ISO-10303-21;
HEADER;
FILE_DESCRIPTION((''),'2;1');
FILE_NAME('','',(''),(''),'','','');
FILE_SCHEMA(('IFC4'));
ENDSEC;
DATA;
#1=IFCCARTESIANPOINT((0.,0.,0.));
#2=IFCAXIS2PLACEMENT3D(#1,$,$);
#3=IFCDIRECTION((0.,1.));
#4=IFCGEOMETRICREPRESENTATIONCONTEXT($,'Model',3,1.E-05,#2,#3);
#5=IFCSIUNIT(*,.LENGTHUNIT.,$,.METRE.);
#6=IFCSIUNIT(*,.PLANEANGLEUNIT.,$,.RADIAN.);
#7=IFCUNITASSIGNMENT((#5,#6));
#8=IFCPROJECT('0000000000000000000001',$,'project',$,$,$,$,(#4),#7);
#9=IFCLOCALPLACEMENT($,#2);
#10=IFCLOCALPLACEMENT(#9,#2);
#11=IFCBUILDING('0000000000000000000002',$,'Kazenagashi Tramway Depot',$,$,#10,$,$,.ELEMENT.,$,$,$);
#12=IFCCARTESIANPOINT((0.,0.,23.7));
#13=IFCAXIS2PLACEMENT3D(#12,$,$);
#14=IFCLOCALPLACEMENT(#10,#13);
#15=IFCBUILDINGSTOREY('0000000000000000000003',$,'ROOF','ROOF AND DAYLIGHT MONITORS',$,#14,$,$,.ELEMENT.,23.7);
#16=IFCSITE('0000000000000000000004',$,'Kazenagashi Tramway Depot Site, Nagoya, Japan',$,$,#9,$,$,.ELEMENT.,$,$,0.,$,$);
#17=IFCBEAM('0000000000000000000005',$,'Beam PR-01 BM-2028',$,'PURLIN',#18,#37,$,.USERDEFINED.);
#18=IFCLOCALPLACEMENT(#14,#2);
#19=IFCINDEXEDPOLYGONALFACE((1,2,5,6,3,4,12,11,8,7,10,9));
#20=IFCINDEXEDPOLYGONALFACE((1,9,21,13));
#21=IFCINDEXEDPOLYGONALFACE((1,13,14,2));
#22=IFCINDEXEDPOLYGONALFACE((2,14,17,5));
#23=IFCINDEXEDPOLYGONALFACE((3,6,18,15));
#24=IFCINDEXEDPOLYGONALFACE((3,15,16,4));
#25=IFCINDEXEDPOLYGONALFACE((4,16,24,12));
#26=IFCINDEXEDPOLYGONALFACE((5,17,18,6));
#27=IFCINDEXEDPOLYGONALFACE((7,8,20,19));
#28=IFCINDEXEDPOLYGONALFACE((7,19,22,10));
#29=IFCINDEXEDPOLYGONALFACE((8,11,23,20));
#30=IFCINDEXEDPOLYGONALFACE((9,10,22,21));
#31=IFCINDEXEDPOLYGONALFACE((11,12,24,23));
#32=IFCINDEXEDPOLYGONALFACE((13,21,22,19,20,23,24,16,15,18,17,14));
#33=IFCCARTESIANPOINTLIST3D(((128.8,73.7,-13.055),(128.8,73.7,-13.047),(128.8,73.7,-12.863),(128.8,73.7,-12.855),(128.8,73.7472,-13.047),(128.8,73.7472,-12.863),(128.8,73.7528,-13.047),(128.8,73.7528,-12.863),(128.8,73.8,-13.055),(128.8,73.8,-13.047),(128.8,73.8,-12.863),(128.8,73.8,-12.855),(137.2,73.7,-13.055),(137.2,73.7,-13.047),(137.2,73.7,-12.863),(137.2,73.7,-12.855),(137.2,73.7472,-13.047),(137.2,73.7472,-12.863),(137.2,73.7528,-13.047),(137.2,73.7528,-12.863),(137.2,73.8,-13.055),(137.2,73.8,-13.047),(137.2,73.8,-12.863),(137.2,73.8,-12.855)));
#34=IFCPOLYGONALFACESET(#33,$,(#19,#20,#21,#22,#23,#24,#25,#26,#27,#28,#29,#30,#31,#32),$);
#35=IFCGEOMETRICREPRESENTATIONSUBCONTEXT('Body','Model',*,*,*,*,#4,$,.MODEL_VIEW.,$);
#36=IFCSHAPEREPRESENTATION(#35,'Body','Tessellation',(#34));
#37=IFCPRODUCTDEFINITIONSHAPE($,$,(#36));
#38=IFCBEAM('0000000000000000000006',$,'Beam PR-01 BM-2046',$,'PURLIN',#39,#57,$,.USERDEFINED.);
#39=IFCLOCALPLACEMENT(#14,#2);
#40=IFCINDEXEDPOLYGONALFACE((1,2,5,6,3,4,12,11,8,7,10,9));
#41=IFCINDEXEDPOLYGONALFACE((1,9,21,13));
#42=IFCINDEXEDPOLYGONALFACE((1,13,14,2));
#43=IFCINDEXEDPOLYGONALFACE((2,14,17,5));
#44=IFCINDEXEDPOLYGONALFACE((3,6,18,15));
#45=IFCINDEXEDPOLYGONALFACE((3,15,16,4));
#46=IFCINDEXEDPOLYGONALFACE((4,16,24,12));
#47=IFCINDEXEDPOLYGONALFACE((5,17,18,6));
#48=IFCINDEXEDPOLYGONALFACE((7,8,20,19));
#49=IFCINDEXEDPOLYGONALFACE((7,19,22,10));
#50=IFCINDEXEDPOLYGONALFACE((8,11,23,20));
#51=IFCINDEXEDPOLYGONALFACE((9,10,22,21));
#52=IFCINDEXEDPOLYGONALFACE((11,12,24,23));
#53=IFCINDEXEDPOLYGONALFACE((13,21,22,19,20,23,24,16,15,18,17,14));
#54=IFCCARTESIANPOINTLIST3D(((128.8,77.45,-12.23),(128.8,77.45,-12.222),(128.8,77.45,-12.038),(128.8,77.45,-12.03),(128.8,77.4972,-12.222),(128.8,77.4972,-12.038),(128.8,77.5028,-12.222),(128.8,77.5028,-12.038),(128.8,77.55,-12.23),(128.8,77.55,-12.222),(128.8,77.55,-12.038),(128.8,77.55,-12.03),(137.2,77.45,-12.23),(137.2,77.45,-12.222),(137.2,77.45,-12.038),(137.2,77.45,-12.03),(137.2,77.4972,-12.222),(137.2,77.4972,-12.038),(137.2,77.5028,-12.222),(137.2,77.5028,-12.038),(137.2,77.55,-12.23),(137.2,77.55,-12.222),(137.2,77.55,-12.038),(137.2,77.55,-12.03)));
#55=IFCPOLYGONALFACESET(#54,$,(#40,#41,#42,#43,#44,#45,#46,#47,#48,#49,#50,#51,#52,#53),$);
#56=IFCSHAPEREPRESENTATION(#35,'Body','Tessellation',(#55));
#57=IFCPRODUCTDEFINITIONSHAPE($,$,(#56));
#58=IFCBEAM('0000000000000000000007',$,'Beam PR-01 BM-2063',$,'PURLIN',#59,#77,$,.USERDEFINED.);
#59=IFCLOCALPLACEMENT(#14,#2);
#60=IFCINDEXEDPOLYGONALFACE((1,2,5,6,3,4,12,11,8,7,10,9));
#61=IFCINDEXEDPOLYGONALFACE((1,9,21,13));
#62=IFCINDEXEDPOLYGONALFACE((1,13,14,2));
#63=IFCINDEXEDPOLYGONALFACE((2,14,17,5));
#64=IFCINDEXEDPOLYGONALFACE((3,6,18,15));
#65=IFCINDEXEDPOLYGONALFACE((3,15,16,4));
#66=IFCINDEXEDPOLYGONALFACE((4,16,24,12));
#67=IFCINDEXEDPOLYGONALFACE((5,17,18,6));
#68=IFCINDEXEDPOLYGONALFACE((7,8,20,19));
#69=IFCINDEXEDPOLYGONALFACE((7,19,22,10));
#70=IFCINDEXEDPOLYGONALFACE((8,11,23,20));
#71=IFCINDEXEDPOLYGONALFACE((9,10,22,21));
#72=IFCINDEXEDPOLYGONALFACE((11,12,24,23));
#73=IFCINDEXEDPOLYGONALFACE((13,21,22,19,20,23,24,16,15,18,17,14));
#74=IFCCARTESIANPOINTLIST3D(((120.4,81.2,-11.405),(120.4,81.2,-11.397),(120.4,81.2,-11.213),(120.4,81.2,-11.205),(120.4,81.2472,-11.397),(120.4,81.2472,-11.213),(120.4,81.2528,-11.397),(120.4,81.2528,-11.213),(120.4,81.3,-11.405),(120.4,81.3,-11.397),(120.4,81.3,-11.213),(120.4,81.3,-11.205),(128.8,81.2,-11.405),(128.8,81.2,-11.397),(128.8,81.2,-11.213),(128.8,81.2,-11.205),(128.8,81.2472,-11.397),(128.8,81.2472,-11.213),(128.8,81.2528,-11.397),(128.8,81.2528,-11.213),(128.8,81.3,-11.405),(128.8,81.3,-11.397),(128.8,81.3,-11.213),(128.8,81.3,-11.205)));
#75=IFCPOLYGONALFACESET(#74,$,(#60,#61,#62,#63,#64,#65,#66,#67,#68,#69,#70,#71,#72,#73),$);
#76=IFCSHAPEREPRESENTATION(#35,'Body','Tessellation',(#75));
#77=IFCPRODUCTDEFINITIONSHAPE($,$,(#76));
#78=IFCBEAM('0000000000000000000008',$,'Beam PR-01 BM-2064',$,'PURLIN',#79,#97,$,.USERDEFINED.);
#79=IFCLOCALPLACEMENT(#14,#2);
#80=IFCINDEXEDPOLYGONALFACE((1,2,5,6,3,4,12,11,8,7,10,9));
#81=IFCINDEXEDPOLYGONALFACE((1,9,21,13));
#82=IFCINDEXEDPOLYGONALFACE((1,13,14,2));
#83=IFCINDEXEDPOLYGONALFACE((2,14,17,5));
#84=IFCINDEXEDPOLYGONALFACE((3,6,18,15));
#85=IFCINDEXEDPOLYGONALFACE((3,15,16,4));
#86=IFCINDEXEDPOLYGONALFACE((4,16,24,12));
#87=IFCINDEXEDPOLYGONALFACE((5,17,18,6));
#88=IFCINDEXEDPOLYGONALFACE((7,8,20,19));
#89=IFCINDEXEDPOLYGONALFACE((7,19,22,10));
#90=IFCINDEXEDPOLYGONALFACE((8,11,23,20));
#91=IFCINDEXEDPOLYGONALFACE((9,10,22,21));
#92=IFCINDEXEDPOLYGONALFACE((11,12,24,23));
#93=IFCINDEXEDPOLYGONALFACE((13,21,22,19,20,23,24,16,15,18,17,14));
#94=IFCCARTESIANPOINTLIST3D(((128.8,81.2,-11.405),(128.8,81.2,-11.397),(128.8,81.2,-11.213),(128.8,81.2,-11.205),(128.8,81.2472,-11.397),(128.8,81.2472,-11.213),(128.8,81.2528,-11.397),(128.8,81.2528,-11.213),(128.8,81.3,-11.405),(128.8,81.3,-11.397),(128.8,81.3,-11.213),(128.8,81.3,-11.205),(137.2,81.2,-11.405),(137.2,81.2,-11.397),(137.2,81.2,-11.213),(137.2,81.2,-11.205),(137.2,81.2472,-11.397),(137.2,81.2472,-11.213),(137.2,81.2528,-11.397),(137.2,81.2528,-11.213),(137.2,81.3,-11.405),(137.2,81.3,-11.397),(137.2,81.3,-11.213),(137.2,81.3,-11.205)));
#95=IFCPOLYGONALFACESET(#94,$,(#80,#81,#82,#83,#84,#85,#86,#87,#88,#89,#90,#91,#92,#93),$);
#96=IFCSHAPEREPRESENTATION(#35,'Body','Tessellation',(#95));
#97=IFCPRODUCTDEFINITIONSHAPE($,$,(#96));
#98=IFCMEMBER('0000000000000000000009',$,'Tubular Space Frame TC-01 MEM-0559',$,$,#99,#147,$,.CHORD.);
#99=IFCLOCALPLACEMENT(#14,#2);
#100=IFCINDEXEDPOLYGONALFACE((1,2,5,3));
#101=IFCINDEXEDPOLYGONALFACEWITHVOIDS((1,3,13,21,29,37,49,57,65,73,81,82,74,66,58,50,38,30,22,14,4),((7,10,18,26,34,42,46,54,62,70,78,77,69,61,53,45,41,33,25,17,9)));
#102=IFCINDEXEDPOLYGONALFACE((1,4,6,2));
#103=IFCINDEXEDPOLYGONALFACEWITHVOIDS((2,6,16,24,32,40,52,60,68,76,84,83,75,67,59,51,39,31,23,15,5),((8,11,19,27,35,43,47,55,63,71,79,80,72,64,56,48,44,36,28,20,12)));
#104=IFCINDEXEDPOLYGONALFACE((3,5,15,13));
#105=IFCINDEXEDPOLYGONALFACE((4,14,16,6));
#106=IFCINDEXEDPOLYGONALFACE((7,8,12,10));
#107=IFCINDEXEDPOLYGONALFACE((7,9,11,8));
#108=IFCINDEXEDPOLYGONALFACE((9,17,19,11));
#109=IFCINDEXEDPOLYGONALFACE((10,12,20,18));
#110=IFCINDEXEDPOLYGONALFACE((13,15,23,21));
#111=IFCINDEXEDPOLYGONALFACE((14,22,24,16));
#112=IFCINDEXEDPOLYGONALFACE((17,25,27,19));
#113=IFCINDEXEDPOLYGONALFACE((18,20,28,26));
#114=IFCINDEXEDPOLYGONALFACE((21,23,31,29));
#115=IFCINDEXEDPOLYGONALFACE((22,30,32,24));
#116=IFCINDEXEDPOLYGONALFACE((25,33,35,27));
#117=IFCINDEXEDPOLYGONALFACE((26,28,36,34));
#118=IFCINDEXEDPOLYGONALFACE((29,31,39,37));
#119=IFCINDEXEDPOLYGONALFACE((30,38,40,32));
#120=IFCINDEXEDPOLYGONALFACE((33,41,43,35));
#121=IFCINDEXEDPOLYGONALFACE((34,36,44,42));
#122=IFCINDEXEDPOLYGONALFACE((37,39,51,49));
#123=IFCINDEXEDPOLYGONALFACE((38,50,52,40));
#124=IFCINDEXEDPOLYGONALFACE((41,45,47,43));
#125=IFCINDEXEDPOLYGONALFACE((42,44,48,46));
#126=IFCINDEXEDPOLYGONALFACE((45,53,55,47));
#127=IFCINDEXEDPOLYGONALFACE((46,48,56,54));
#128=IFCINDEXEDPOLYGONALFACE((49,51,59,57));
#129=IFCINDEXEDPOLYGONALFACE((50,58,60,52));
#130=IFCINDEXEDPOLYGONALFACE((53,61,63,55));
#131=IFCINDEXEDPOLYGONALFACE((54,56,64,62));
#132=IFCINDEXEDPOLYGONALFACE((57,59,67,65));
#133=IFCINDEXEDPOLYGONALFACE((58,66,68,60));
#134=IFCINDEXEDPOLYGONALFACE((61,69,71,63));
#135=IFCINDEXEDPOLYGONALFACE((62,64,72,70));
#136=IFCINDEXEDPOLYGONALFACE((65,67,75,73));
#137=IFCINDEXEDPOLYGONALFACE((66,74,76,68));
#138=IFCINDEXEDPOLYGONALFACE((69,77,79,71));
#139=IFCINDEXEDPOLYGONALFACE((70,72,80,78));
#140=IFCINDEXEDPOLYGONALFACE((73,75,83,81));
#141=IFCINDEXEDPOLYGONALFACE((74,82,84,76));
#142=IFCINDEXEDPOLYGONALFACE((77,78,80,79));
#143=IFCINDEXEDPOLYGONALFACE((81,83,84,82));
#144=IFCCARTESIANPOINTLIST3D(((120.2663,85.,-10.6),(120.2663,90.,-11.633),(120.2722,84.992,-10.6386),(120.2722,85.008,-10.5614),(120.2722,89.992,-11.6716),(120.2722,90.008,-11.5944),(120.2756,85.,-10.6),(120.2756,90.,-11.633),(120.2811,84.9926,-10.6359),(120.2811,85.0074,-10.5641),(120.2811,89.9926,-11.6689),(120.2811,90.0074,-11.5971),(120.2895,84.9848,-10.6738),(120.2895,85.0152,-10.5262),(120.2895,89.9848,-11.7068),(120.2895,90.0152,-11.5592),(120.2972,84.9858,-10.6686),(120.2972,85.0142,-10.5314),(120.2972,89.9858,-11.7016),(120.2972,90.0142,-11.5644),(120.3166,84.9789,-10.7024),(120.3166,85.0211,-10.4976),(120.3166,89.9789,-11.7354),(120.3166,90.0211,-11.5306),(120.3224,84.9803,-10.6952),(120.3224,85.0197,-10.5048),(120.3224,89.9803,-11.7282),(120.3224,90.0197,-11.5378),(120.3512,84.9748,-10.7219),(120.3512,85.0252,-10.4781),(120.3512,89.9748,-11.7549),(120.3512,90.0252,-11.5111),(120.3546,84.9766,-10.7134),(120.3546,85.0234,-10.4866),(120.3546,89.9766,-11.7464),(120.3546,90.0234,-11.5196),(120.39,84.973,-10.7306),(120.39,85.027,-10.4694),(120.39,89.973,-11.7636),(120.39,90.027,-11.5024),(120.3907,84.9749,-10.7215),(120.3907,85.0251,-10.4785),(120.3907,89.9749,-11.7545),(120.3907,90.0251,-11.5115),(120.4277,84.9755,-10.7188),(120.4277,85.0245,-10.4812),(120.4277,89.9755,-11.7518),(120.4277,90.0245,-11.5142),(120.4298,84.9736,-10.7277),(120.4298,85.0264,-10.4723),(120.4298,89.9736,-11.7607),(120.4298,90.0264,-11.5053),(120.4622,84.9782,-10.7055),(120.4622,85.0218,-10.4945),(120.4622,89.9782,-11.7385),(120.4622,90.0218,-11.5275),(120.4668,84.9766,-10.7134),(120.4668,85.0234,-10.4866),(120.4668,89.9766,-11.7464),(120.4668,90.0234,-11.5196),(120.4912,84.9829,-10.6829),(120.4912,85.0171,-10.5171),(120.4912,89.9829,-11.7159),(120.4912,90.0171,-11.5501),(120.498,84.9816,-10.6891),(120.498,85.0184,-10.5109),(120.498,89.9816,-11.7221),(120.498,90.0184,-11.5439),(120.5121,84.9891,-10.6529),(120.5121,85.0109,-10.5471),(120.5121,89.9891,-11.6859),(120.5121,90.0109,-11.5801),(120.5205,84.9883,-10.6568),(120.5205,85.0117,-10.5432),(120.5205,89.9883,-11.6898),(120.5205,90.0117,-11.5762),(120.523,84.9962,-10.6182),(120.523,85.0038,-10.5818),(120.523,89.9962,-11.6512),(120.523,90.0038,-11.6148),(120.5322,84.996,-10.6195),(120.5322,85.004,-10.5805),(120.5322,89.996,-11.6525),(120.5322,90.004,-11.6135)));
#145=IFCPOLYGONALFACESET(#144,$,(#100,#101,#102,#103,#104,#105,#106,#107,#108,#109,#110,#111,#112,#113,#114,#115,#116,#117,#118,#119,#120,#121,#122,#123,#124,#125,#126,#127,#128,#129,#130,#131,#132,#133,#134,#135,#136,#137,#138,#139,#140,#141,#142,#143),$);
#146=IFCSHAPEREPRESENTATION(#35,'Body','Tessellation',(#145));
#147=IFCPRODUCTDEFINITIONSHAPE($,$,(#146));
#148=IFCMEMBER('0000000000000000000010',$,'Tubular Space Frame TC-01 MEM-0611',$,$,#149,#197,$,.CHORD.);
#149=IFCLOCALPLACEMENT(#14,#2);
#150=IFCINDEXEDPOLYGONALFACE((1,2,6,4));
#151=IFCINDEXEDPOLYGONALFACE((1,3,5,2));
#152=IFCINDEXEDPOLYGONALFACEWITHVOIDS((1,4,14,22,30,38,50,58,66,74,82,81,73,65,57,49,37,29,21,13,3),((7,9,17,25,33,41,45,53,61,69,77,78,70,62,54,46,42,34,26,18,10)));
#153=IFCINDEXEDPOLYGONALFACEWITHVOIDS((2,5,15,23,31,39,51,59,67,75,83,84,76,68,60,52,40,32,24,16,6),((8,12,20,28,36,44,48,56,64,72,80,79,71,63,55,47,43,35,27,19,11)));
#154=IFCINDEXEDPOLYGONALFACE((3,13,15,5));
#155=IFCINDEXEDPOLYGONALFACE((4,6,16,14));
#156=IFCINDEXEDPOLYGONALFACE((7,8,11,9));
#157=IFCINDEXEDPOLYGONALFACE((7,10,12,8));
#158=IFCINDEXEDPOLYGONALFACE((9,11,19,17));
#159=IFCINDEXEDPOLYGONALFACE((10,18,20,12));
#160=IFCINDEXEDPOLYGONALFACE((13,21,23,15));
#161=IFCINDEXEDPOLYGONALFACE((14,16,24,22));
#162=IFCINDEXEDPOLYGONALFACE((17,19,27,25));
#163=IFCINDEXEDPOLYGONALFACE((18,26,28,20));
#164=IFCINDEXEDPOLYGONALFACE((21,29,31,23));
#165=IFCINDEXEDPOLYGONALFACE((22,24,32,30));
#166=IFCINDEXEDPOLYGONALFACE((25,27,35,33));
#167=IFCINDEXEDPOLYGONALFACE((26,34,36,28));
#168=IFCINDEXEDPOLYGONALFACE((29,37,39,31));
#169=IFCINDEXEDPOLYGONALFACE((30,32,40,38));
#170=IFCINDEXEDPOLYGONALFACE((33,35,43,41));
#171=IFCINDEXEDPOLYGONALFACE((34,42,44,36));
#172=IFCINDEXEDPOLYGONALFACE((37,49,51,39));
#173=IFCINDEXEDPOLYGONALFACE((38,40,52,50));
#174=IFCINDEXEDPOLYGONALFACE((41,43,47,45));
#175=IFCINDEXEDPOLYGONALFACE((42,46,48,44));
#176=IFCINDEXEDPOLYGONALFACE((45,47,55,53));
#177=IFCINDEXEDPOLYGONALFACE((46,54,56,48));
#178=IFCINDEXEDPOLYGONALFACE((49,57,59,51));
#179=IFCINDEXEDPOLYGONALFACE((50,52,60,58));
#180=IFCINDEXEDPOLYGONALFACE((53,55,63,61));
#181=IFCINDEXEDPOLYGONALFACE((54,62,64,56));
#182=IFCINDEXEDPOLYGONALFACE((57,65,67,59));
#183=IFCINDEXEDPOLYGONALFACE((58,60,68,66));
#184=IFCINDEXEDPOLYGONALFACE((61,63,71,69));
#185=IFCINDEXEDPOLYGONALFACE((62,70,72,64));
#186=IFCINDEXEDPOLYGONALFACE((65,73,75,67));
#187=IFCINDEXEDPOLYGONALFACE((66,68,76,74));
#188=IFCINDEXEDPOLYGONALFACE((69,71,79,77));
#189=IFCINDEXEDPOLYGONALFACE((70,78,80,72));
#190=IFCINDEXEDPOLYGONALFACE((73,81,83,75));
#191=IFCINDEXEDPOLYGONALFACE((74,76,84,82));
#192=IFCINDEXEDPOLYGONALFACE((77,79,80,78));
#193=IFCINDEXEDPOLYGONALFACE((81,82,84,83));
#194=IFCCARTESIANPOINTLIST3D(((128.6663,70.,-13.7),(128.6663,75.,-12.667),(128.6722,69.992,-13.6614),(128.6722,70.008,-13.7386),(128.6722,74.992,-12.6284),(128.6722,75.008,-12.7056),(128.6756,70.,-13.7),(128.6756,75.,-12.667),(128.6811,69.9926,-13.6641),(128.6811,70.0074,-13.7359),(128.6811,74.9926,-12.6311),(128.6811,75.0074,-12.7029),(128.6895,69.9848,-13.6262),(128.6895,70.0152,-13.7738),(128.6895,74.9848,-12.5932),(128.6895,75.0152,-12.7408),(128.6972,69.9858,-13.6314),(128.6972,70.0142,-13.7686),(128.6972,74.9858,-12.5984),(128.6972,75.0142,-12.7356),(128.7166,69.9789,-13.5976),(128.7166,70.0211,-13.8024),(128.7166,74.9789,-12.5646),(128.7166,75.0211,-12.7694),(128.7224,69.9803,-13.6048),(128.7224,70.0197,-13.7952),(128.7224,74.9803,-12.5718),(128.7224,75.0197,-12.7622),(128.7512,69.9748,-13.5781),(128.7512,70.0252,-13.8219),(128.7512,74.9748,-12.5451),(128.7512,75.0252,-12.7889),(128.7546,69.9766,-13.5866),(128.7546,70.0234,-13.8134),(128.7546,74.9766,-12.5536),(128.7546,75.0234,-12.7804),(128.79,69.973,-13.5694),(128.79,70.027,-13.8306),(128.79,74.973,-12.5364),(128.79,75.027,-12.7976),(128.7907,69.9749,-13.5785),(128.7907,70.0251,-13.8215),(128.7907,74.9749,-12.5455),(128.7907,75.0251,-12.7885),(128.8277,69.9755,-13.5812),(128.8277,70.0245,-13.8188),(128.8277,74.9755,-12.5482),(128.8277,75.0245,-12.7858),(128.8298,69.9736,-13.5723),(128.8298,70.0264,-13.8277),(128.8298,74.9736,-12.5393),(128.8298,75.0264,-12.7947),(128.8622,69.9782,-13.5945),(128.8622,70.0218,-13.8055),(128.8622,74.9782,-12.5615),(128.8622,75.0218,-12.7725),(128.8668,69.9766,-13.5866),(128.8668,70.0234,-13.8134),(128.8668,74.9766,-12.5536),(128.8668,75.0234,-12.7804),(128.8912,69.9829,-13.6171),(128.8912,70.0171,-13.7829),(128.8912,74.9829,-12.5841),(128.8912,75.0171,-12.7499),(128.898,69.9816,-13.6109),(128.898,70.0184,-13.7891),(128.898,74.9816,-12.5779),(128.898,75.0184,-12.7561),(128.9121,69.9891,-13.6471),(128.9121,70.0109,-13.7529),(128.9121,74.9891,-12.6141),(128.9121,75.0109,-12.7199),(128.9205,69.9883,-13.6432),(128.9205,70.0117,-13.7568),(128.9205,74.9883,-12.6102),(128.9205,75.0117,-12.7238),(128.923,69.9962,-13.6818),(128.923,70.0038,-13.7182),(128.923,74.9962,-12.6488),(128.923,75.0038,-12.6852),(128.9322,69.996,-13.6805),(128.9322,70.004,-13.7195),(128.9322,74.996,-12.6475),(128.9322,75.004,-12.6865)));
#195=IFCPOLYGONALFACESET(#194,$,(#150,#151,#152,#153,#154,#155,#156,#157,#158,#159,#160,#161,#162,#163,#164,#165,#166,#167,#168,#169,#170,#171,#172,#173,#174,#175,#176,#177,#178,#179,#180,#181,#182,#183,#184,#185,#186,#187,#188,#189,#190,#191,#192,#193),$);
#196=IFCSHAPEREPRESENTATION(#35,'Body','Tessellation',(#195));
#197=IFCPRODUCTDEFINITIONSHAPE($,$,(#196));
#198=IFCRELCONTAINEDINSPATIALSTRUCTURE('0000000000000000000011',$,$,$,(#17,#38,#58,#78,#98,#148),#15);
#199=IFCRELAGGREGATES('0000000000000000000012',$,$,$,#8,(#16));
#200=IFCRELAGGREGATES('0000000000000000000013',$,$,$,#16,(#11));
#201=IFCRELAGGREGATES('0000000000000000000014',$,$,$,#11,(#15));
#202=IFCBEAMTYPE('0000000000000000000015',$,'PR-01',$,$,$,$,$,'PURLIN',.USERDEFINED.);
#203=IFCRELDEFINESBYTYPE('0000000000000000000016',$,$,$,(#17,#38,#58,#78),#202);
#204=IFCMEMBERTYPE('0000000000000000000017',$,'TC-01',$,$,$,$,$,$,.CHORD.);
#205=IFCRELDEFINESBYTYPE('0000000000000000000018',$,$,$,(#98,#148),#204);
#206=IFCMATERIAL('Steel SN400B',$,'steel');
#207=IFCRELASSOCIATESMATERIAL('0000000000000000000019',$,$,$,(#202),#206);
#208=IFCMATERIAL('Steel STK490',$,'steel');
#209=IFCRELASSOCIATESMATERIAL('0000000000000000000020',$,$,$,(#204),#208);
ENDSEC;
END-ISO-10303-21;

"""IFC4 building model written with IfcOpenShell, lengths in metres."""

from ifc_helpers import new_model, si_unit, direction, frame, origin, origin_2d, place, context, subcontext, project, spatial, hollow_circle, i_section, extrude, material, material_profile, profile_set, type_object, element, save


model = new_model("IFC4")

# Units and contexts
model_context = context("Model", 3, precision=1e-05, world=origin(), true_north=direction((0.0, 1.0)))
body_context = subcontext(model_context, "Body", "Model", "MODEL_VIEW")
ifc_project = project(units=[si_unit("LENGTHUNIT", "METRE"), si_unit("PLANEANGLEUNIT", "RADIAN")], contexts=[model_context])

# Site, building, storey
site_placement = place(None, origin())
site = spatial("IfcSite", under=ifc_project, at=site_placement, Name="Kazenagashi Tramway Depot Site, Nagoya, Japan", CompositionType="ELEMENT", RefElevation=0.0)
building_placement = place(site_placement, origin())
building = spatial("IfcBuilding", under=site, at=building_placement, Name="Kazenagashi Tramway Depot", CompositionType="ELEMENT")
storey_placement = place(building_placement, frame((0.0, 0.0, 23.7)))
storey = spatial("IfcBuildingStorey", under=building, at=storey_placement, Name="ROOF", Description="ROOF AND DAYLIGHT MONITORS", CompositionType="ELEMENT", Elevation=23.7)

# Beams
ifc_material_1 = material(Name="Steel SN400B", Category="steel")
ifc_material_profile_1 = material_profile(ifc_material_1, i_section(OverallWidth=0.1, OverallDepth=0.2, WebThickness=0.0055, FlangeThickness=0.008, at=origin_2d()), Name="H-200x100x5.5x8")
ifc_profile_set_1 = profile_set([ifc_material_profile_1], Name="Steel SN400B")
beam_type = type_object("IfcBeamType", Name="PR-01", ElementType="PURLIN", PredefinedType="USERDEFINED", material=ifc_profile_set_1)
for number, where, z_axis, x_axis, name in (
    (1, (128.8, 73.75, -12.955), (1.0, 0.0, 0.0), (0.0, 1.0, 0.0), "Beam PR-01 BM-2028"),
    (2, (128.8, 77.5, -12.13), (1.0, 0.0, 0.0), (0.0, 1.0, 0.0), "Beam PR-01 BM-2046"),
    (3, (120.4, 81.25, -11.305), (1.0, 0.0, 0.0), (0.0, 1.0, 0.0), "Beam PR-01 BM-2063"),
    (4, (128.8, 81.25, -11.305), (1.0, 0.0, 0.0), (0.0, 1.0, 0.0), "Beam PR-01 BM-2064"),
):
    element("IfcBeam", number, at=place(storey_placement, frame(where, z_axis=z_axis, x_axis=x_axis)), inside=storey, type_object=beam_type, Name=name, ObjectType="PURLIN", PredefinedType="USERDEFINED", context=body_context, shape_type="SweptSolid", body=[
        extrude(i_section(OverallWidth=0.1, OverallDepth=0.2, WebThickness=0.0055, FlangeThickness=0.008, at=origin_2d()), origin(), (0.0, 0.0, 1.0), 8.4),
    ])

# Members
ifc_material_2 = material(Name="Steel STK490", Category="steel")
ifc_material_profile_2 = material_profile(ifc_material_2, hollow_circle(Radius=0.1337, WallThickness=0.0093, at=origin_2d()), Name="CHS-267.4x9.3")
ifc_profile_set_2 = profile_set([ifc_material_profile_2], Name="Steel STK490")
member_type_1 = type_object("IfcMemberType", Name="TC-01", PredefinedType="CHORD", material=ifc_profile_set_2)
for number, where, z_axis, x_axis, name in (
    (5, (120.4, 85.0, -10.6), (0.0, 0.979318, -0.202327), (-1.0, 0.0, 0.0), "Tubular Space Frame TC-01 MEM-0559"),
    (6, (128.8, 70.0, -13.7), (0.0, 0.979318, 0.202327), (-1.0, 0.0, 0.0), "Tubular Space Frame TC-01 MEM-0611"),
):
    element("IfcMember", number, at=place(storey_placement, frame(where, z_axis=z_axis, x_axis=x_axis)), inside=storey, type_object=member_type_1, Name=name, PredefinedType="CHORD", context=body_context, shape_type="SweptSolid", body=[
        extrude(hollow_circle(Radius=0.1337, WallThickness=0.0093, at=origin_2d()), origin(), (0.0, 0.0, 1.0), 5.1056),
    ])

save(model, "model.ifc")
